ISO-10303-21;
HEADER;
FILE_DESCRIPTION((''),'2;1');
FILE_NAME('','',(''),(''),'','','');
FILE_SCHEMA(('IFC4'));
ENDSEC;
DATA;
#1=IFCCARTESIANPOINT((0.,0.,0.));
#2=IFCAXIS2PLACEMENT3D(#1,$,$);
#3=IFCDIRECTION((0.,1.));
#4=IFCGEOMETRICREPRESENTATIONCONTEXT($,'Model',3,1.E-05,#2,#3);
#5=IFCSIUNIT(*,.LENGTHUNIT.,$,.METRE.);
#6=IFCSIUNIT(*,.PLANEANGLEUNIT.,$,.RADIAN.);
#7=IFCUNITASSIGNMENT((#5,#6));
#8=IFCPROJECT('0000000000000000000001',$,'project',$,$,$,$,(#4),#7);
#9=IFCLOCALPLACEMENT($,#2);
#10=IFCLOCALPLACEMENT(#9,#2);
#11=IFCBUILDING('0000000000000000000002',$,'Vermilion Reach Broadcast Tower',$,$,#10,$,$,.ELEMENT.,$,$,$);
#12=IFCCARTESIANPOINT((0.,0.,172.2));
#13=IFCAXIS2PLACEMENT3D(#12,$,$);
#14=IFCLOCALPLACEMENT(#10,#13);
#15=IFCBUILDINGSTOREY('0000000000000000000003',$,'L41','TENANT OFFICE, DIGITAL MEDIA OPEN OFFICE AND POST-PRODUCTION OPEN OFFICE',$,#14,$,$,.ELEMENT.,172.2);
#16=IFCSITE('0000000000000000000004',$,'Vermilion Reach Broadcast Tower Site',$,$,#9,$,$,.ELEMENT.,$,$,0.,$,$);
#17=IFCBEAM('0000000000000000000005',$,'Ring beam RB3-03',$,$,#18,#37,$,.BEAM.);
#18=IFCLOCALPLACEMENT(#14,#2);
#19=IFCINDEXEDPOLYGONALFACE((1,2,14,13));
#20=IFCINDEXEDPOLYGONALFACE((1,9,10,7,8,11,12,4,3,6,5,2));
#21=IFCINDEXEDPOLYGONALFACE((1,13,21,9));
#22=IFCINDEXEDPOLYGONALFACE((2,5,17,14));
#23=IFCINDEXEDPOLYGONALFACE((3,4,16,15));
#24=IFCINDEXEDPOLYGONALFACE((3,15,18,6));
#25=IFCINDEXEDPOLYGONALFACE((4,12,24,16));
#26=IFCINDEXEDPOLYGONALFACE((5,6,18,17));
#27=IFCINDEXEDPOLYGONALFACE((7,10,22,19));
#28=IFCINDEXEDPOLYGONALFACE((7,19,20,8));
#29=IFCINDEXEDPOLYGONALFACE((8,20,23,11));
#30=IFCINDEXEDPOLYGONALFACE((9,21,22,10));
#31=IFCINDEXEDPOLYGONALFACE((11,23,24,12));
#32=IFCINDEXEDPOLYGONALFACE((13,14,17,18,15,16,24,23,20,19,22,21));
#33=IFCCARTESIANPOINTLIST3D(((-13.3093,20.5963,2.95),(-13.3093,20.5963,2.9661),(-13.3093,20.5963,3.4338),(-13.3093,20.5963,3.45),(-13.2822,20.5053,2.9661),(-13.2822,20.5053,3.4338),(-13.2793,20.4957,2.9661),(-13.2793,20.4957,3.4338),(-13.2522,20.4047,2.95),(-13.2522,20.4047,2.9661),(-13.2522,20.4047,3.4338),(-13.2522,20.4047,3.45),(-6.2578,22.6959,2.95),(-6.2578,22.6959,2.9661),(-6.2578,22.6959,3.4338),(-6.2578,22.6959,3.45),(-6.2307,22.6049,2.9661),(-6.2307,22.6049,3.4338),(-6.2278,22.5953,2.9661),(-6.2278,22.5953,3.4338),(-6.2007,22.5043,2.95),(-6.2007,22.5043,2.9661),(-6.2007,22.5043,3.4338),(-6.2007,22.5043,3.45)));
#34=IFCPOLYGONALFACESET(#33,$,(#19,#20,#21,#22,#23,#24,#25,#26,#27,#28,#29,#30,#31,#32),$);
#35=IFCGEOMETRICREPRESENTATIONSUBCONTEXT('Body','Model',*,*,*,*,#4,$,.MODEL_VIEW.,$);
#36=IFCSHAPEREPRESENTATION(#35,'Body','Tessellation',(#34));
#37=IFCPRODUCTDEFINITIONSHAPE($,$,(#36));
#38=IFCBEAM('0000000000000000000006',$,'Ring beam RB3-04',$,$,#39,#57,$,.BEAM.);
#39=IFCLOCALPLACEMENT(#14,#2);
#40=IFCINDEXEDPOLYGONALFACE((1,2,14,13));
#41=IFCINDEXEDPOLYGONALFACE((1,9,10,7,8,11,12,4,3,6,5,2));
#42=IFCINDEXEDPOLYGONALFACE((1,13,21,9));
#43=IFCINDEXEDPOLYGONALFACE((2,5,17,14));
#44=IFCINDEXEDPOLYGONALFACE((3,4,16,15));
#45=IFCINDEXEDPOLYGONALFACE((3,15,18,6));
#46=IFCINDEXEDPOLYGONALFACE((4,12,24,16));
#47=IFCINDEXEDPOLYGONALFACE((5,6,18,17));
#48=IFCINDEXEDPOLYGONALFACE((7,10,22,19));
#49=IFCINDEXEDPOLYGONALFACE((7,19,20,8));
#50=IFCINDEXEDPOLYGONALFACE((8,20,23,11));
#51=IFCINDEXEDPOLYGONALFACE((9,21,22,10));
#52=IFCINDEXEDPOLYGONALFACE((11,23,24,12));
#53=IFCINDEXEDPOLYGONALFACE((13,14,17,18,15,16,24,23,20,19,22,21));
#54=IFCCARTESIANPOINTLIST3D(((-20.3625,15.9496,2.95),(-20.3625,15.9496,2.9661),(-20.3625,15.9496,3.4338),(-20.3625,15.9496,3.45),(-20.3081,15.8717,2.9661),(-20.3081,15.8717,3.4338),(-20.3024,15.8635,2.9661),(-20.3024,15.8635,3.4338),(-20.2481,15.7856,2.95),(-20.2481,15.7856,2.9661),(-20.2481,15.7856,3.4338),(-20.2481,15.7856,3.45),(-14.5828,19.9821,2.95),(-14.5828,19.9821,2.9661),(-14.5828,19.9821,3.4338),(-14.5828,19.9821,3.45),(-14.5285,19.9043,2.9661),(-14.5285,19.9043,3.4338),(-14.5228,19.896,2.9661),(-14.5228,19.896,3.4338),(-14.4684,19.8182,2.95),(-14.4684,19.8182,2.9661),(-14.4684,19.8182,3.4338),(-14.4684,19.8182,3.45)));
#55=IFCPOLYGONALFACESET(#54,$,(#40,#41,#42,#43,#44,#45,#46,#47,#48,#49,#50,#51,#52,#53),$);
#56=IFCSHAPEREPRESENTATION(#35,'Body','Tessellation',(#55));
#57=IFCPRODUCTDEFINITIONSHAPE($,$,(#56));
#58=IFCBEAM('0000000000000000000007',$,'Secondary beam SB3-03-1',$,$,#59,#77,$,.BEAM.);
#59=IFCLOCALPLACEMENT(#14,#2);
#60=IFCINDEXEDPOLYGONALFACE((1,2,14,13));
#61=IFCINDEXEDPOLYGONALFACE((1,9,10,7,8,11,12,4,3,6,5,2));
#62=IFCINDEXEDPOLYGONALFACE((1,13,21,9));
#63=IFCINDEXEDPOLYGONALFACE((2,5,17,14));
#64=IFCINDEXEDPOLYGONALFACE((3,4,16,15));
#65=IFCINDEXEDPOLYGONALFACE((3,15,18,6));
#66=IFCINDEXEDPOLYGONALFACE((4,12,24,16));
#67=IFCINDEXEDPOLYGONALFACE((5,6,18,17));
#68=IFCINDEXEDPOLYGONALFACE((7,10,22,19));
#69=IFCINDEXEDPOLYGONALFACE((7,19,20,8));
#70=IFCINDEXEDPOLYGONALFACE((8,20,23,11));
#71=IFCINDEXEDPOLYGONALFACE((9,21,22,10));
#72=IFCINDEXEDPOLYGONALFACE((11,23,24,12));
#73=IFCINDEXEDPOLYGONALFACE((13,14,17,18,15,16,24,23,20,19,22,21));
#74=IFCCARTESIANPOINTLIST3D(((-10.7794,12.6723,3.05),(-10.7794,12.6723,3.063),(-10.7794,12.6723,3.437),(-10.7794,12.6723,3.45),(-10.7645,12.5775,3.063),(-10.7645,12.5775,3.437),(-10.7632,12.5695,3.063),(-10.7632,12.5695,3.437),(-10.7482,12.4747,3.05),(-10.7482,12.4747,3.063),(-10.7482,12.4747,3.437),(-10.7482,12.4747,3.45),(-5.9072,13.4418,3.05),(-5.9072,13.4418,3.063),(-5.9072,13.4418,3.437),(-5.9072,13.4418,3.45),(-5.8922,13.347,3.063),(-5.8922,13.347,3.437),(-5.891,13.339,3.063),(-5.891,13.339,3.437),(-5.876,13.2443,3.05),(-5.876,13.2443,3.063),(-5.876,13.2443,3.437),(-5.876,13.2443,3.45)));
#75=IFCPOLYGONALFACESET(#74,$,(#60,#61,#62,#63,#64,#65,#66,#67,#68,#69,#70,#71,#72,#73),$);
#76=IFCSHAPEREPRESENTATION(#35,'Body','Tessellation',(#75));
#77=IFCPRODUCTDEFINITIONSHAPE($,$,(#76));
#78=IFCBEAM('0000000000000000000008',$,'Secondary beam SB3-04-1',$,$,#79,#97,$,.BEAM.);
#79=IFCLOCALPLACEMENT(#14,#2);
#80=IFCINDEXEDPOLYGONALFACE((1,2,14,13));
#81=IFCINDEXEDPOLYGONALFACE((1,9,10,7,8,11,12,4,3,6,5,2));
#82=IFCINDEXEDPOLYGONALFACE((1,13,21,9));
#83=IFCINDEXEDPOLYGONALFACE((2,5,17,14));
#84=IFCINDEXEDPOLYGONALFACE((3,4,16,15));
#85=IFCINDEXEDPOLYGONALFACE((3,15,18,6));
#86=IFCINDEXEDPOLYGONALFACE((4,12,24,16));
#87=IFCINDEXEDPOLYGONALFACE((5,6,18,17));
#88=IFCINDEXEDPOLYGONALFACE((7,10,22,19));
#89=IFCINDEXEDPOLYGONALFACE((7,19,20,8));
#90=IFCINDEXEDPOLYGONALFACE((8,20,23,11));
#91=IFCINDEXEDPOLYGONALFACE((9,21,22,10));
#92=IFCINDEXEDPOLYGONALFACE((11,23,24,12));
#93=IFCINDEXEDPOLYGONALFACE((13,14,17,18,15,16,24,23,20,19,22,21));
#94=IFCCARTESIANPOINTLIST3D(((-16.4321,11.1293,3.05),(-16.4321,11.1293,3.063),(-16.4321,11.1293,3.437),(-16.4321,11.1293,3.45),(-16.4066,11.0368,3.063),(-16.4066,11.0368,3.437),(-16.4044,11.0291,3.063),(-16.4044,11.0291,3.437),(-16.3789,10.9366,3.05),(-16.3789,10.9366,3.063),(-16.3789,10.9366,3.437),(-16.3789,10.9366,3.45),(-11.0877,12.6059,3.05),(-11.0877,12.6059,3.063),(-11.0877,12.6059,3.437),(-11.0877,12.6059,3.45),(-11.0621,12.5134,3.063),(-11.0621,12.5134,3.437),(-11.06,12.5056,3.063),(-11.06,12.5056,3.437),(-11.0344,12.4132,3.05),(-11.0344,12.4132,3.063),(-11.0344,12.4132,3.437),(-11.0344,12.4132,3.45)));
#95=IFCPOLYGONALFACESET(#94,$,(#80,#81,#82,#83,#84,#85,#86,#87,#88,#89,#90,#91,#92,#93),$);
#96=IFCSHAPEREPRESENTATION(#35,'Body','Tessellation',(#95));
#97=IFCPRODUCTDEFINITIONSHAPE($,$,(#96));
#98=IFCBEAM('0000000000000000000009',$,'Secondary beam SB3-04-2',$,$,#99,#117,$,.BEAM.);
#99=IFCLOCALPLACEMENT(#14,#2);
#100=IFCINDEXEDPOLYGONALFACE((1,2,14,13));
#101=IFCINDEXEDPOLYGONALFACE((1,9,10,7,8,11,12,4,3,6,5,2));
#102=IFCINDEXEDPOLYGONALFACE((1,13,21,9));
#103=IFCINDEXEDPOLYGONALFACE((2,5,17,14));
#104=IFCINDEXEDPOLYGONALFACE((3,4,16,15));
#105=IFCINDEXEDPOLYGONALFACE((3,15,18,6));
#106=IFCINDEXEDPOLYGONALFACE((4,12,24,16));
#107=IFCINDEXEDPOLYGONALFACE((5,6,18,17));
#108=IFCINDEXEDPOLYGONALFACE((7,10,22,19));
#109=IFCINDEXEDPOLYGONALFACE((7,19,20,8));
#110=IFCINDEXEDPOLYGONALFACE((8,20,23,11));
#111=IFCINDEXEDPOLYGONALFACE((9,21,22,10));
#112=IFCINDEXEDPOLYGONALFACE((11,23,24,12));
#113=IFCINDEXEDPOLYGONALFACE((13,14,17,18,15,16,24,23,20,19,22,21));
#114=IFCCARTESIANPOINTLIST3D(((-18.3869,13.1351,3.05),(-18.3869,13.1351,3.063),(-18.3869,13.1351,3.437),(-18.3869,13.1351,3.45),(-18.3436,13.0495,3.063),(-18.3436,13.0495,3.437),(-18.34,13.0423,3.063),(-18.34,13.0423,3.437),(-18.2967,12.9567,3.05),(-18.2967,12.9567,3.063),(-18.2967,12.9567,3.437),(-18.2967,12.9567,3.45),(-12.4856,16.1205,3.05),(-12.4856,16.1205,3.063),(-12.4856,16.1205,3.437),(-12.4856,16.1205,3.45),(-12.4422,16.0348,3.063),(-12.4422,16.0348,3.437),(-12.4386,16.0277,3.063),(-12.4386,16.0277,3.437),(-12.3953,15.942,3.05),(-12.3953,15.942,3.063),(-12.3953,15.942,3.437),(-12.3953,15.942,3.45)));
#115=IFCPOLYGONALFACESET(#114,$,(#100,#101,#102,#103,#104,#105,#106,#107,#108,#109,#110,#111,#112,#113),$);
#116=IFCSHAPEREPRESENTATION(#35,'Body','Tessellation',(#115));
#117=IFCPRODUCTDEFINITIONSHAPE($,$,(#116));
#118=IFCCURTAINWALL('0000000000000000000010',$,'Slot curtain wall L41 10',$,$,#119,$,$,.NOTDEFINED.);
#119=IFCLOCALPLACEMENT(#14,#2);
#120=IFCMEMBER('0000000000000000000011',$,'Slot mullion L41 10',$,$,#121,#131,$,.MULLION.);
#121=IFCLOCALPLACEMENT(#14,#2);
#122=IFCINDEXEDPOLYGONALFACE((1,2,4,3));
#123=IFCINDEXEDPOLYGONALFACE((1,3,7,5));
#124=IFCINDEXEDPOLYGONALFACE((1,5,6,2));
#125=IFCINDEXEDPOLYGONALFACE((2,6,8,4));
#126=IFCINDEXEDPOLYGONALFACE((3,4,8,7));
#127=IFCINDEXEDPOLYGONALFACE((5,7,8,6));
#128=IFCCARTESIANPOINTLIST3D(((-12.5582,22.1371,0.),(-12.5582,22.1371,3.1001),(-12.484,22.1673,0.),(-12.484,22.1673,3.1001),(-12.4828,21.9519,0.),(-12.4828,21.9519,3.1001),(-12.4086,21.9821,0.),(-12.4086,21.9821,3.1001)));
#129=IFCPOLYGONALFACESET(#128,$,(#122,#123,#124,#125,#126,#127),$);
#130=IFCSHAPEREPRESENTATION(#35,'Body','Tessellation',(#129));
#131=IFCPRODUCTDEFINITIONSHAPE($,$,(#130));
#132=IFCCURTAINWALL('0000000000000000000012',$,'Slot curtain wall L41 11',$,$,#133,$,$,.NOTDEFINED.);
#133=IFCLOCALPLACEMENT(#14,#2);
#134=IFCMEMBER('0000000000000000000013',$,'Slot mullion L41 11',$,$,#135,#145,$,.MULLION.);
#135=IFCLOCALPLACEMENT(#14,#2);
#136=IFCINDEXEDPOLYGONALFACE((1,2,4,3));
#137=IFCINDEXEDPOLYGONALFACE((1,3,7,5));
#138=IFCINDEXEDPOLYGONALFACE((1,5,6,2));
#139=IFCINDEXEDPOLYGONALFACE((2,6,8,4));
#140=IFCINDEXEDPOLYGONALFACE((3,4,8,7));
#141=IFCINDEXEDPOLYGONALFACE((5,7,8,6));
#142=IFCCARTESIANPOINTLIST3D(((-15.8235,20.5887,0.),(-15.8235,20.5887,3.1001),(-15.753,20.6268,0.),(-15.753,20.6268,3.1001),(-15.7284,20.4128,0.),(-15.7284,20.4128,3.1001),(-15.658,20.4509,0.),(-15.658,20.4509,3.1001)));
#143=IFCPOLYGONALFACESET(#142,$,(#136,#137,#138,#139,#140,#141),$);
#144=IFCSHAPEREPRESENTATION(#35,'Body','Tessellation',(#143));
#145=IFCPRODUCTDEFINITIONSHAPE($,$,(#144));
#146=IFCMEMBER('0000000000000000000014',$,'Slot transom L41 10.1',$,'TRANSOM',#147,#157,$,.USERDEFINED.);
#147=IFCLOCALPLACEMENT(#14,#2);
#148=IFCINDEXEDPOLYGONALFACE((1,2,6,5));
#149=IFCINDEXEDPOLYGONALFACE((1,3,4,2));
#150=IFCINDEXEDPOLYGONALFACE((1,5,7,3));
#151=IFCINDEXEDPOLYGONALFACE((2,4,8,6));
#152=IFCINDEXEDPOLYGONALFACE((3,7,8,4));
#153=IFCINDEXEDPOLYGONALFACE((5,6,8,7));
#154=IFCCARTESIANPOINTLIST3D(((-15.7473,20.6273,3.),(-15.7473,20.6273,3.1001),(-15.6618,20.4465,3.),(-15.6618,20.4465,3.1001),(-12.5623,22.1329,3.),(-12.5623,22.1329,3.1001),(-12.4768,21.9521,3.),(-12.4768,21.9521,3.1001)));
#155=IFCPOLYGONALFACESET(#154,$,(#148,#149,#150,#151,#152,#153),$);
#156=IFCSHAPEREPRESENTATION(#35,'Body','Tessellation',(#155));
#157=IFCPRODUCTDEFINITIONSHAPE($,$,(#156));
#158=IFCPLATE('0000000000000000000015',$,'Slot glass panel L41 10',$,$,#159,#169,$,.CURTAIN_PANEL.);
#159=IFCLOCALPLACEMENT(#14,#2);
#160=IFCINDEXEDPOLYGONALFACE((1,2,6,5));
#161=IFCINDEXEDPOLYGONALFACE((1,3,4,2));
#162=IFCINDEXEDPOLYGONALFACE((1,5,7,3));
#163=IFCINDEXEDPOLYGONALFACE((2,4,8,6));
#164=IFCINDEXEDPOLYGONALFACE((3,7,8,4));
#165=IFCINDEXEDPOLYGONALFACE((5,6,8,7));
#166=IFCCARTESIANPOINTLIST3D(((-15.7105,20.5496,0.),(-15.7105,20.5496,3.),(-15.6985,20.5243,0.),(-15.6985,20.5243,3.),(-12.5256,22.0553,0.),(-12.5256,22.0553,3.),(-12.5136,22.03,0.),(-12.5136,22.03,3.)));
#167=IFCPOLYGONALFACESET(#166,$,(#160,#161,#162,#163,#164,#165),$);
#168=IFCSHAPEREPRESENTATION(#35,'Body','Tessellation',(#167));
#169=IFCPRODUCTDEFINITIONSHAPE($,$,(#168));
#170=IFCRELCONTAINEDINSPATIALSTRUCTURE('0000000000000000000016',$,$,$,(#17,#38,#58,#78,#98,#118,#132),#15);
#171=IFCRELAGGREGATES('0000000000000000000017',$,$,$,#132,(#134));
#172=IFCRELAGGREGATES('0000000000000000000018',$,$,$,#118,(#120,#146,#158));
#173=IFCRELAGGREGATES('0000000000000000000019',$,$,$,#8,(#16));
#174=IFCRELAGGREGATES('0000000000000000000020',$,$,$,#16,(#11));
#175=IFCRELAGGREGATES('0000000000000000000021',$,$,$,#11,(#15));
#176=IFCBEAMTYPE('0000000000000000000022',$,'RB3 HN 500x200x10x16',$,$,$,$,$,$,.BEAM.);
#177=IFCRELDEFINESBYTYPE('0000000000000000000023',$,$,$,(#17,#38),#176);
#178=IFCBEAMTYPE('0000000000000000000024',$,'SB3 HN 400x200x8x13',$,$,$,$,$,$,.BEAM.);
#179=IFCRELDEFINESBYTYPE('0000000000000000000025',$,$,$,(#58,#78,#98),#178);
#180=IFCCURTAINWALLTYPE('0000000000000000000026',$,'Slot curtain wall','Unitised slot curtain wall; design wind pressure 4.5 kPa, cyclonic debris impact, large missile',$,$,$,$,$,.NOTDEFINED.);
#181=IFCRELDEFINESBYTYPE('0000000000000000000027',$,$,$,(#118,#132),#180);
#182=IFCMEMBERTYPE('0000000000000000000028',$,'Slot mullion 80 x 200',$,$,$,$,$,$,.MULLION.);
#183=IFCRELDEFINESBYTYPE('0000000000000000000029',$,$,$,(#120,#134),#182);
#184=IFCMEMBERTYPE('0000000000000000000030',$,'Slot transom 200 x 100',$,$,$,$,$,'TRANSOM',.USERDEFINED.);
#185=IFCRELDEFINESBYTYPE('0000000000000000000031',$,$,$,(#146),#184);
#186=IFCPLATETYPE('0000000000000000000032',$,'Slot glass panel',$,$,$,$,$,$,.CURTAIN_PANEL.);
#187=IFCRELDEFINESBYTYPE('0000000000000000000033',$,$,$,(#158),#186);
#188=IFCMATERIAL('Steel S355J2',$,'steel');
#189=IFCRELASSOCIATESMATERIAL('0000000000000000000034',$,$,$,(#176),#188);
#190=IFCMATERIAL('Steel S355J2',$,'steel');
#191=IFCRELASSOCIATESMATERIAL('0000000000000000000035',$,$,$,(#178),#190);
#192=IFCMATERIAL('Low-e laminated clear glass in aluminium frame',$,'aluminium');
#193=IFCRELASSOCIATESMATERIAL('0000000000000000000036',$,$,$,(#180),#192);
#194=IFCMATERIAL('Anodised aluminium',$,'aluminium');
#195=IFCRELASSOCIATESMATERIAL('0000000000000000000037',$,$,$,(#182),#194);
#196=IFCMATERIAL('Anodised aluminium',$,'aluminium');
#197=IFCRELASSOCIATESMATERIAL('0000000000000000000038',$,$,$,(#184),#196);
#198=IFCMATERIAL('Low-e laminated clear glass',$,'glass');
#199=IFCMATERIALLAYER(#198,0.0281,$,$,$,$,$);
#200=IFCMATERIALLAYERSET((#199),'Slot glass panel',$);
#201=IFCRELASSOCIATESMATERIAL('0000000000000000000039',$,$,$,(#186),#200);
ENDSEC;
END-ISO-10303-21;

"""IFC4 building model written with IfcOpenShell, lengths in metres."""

from ifc_helpers import new_model, si_unit, direction, frame, origin, origin_2d, place, context, subcontext, project, spatial, rectangle, i_section, extrude, material, layer, layer_set, material_profile, profile_set, type_object, element, aggregate, save


model = new_model("IFC4")

# Units and contexts
model_context = context("Model", 3, precision=1e-05, world=origin(), true_north=direction((0.0, 1.0)))
body_context = subcontext(model_context, "Body", "Model", "MODEL_VIEW")
ifc_project = project(units=[si_unit("LENGTHUNIT", "METRE"), si_unit("PLANEANGLEUNIT", "RADIAN")], contexts=[model_context])

# Site, building, storey
site_placement = place(None, origin())
site = spatial("IfcSite", under=ifc_project, at=site_placement, Name="Vermilion Reach Broadcast Tower Site", CompositionType="ELEMENT", RefElevation=0.0)
building_placement = place(site_placement, origin())
building = spatial("IfcBuilding", under=site, at=building_placement, Name="Vermilion Reach Broadcast Tower", CompositionType="ELEMENT")
storey_placement = place(building_placement, frame((0.0, 0.0, 172.2)))
storey = spatial("IfcBuildingStorey", under=building, at=storey_placement, Name="L41", Description="TENANT OFFICE, DIGITAL MEDIA OPEN OFFICE AND POST-PRODUCTION OPEN OFFICE", CompositionType="ELEMENT", Elevation=172.2)

# Beams
ifc_material_1 = material(Name="Steel S355J2", Category="steel")
ifc_material_profile_1 = material_profile(ifc_material_1, i_section(OverallWidth=0.2, OverallDepth=0.5, WebThickness=0.01, FlangeThickness=0.0161, at=origin_2d()), Name="S355J2 HN 500x200x10x16")
ifc_profile_set_1 = profile_set([ifc_material_profile_1], Name="Steel S355J2")
beam_type_1 = type_object("IfcBeamType", Name="RB3 HN 500x200x10x16", PredefinedType="BEAM", material=ifc_profile_set_1)
beam_1_placement = place(storey_placement, frame((-6.2292, 22.6001, 3.2), z_axis=(-0.958417, -0.285372, 0.0), x_axis=(0.285372, -0.958417, 0.0)))
element("IfcBeam", 1, at=beam_1_placement, inside=storey, type_object=beam_type_1, Name="Ring beam RB3-03", PredefinedType="BEAM", context=body_context, shape_type="SweptSolid", body=[
    extrude(i_section(OverallWidth=0.2, OverallDepth=0.5, WebThickness=0.01, FlangeThickness=0.0161, at=origin_2d()), origin(), (0.0, 0.0, 1.0), 7.3574),
])
beam_2_placement = place(storey_placement, frame((-14.5256, 19.9001, 3.2), z_axis=(-0.820111, -0.572204, 0.0), x_axis=(0.572204, -0.820111, 0.0)))
element("IfcBeam", 2, at=beam_2_placement, inside=storey, type_object=beam_type_1, Name="Ring beam RB3-04", PredefinedType="BEAM", context=body_context, shape_type="SweptSolid", body=[
    extrude(i_section(OverallWidth=0.2, OverallDepth=0.5, WebThickness=0.01, FlangeThickness=0.0161, at=origin_2d()), origin(), (0.0, 0.0, 1.0), 7.0474),
])
ifc_material_2 = material(Name="Steel S355J2", Category="steel")
ifc_material_profile_2 = material_profile(ifc_material_2, i_section(OverallWidth=0.2, OverallDepth=0.3999, WebThickness=0.0081, FlangeThickness=0.0129, at=origin_2d()), Name="S355J2 HN 400x200x8x13")
ifc_profile_set_2 = profile_set([ifc_material_profile_2], Name="Steel S355J2")
beam_type_2 = type_object("IfcBeamType", Name="SB3 HN 400x200x8x13", PredefinedType="BEAM", material=ifc_profile_set_2)
beam_3_placement = place(storey_placement, frame((-5.8916, 13.343, 3.25), z_axis=(-0.987756, -0.156006, 0.0), x_axis=(0.156006, -0.987756, 0.0)))
element("IfcBeam", 3, at=beam_3_placement, inside=storey, type_object=beam_type_2, Name="Secondary beam SB3-03-1", PredefinedType="BEAM", context=body_context, shape_type="SweptSolid", body=[
    extrude(i_section(OverallWidth=0.2, OverallDepth=0.3999, WebThickness=0.0081, FlangeThickness=0.0129, at=origin_2d()), origin(), (0.0, 0.0, 1.0), 4.9326),
])
beam_4_placement = place(storey_placement, frame((-11.061, 12.5095, 3.25), z_axis=(-0.96389, -0.266301, 0.0), x_axis=(0.266301, -0.96389, 0.0)))
element("IfcBeam", 4, at=beam_4_placement, inside=storey, type_object=beam_type_2, Name="Secondary beam SB3-04-1", PredefinedType="BEAM", context=body_context, shape_type="SweptSolid", body=[
    extrude(i_section(OverallWidth=0.2, OverallDepth=0.3999, WebThickness=0.0081, FlangeThickness=0.0129, at=origin_2d()), origin(), (0.0, 0.0, 1.0), 5.5447),
])
beam_5_placement = place(storey_placement, frame((-12.4404, 16.0312, 3.25), z_axis=(-0.892321, -0.451402, 0.0), x_axis=(0.451402, -0.892321, 0.0)))
element("IfcBeam", 5, at=beam_5_placement, inside=storey, type_object=beam_type_2, Name="Secondary beam SB3-04-2", PredefinedType="BEAM", context=body_context, shape_type="SweptSolid", body=[
    extrude(i_section(OverallWidth=0.2, OverallDepth=0.3999, WebThickness=0.0081, FlangeThickness=0.0129, at=origin_2d()), origin(), (0.0, 0.0, 1.0), 6.6135),
])

# Curtain walls, members
ifc_material_3 = material(Name="Low-e laminated clear glass in aluminium frame", Category="aluminium")
curtain_wall_type = type_object("IfcCurtainWallType", Name="Slot curtain wall", Description="Unitised slot curtain wall; design wind pressure 4.5 kPa, cyclonic debris impact, large missile", PredefinedType="NOTDEFINED", material=ifc_material_3)
placement = place(storey_placement, origin())
curtain_wall_1 = element("IfcCurtainWall", 6, at=placement, inside=storey, type_object=curtain_wall_type, Name="Slot curtain wall L41 10", PredefinedType="NOTDEFINED")
ifc_material_4 = material(Name="Anodised aluminium", Category="aluminium")
ifc_material_profile_3 = material_profile(ifc_material_4, rectangle(XDim=0.2, YDim=0.0801, at=origin_2d()), Name="Slot mullion 80 x 200")
ifc_profile_set_3 = profile_set([ifc_material_profile_3], Name="Anodised aluminium")
member_type_1 = type_object("IfcMemberType", Name="Slot mullion 80 x 200", PredefinedType="MULLION", material=ifc_profile_set_3)
member_1_placement = place(storey_placement, frame((-12.4834, 22.0596, 0.0), z_axis=(0.0, 0.0, 1.0), x_axis=(0.377178, -0.926141, 0.0)))
member_1 = element("IfcMember", 7, at=member_1_placement, type_object=member_type_1, Name="Slot mullion L41 10", PredefinedType="MULLION", context=body_context, shape_type="SweptSolid", body=[
    extrude(rectangle(XDim=0.2, YDim=0.0801, at=origin_2d()), origin(), (0.0, 0.0, 1.0), 3.1001),
])
curtain_wall_2 = element("IfcCurtainWall", 8, at=placement, inside=storey, type_object=curtain_wall_type, Name="Slot curtain wall L41 11", PredefinedType="NOTDEFINED")
member_2_placement = place(storey_placement, frame((-15.7407, 20.5198, 0.0), z_axis=(0.0, 0.0, 1.0), x_axis=(0.475533, -0.879698, 0.0)))
member_2 = element("IfcMember", 9, at=member_2_placement, type_object=member_type_1, Name="Slot mullion L41 11", PredefinedType="MULLION", context=body_context, shape_type="SweptSolid", body=[
    extrude(rectangle(XDim=0.2, YDim=0.0801, at=origin_2d()), origin(), (0.0, 0.0, 1.0), 3.1001),
])
aggregate(curtain_wall_2, [member_2])

# Member
ifc_material_5 = material(Name="Anodised aluminium", Category="aluminium")
ifc_material_profile_4 = material_profile(ifc_material_5, rectangle(XDim=0.2, YDim=0.1001, at=origin_2d()), Name="Slot transom 200 x 100")
ifc_profile_set_4 = profile_set([ifc_material_profile_4], Name="Anodised aluminium")
member_type_2 = type_object("IfcMemberType", Name="Slot transom 200 x 100", ElementType="TRANSOM", PredefinedType="USERDEFINED", material=ifc_profile_set_4)
member_3_placement = place(storey_placement, frame((-12.5195, 22.0425, 3.05), z_axis=(-0.904078, -0.427368, 0.0), x_axis=(0.427368, -0.904078, 0.0)))
member_3 = element("IfcMember", 10, at=member_3_placement, type_object=member_type_2, Name="Slot transom L41 10.1", ObjectType="TRANSOM", PredefinedType="USERDEFINED", context=body_context, shape_type="SweptSolid", body=[
    extrude(rectangle(XDim=0.2, YDim=0.1001, at=origin_2d()), origin(), (0.0, 0.0, 1.0), 3.5229),
])

# Plate
ifc_material_6 = material(Name="Low-e laminated clear glass", Category="glass")
ifc_layer_1 = layer(ifc_material_6, 0.0281)
ifc_layer_set_1 = layer_set([ifc_layer_1], Name="Slot glass panel")
plate_type = type_object("IfcPlateType", Name="Slot glass panel", PredefinedType="CURTAIN_PANEL", material=ifc_layer_set_1)
plate_placement = place(storey_placement, frame((-14.1121, 21.2898, 0.0), z_axis=(0.0, 0.0, 1.0), x_axis=(-0.904064, -0.427397, 0.0)))
plate = element("IfcPlate", 11, at=plate_placement, type_object=plate_type, Name="Slot glass panel L41 10", PredefinedType="CURTAIN_PANEL", context=body_context, shape_type="SweptSolid", body=[
    extrude(rectangle(XDim=3.5229, YDim=0.0281, at=origin_2d()), origin(), (0.0, 0.0, 1.0), 3.0),
])
aggregate(curtain_wall_1, [member_1, member_3, plate])

save(model, "model.ifc")
